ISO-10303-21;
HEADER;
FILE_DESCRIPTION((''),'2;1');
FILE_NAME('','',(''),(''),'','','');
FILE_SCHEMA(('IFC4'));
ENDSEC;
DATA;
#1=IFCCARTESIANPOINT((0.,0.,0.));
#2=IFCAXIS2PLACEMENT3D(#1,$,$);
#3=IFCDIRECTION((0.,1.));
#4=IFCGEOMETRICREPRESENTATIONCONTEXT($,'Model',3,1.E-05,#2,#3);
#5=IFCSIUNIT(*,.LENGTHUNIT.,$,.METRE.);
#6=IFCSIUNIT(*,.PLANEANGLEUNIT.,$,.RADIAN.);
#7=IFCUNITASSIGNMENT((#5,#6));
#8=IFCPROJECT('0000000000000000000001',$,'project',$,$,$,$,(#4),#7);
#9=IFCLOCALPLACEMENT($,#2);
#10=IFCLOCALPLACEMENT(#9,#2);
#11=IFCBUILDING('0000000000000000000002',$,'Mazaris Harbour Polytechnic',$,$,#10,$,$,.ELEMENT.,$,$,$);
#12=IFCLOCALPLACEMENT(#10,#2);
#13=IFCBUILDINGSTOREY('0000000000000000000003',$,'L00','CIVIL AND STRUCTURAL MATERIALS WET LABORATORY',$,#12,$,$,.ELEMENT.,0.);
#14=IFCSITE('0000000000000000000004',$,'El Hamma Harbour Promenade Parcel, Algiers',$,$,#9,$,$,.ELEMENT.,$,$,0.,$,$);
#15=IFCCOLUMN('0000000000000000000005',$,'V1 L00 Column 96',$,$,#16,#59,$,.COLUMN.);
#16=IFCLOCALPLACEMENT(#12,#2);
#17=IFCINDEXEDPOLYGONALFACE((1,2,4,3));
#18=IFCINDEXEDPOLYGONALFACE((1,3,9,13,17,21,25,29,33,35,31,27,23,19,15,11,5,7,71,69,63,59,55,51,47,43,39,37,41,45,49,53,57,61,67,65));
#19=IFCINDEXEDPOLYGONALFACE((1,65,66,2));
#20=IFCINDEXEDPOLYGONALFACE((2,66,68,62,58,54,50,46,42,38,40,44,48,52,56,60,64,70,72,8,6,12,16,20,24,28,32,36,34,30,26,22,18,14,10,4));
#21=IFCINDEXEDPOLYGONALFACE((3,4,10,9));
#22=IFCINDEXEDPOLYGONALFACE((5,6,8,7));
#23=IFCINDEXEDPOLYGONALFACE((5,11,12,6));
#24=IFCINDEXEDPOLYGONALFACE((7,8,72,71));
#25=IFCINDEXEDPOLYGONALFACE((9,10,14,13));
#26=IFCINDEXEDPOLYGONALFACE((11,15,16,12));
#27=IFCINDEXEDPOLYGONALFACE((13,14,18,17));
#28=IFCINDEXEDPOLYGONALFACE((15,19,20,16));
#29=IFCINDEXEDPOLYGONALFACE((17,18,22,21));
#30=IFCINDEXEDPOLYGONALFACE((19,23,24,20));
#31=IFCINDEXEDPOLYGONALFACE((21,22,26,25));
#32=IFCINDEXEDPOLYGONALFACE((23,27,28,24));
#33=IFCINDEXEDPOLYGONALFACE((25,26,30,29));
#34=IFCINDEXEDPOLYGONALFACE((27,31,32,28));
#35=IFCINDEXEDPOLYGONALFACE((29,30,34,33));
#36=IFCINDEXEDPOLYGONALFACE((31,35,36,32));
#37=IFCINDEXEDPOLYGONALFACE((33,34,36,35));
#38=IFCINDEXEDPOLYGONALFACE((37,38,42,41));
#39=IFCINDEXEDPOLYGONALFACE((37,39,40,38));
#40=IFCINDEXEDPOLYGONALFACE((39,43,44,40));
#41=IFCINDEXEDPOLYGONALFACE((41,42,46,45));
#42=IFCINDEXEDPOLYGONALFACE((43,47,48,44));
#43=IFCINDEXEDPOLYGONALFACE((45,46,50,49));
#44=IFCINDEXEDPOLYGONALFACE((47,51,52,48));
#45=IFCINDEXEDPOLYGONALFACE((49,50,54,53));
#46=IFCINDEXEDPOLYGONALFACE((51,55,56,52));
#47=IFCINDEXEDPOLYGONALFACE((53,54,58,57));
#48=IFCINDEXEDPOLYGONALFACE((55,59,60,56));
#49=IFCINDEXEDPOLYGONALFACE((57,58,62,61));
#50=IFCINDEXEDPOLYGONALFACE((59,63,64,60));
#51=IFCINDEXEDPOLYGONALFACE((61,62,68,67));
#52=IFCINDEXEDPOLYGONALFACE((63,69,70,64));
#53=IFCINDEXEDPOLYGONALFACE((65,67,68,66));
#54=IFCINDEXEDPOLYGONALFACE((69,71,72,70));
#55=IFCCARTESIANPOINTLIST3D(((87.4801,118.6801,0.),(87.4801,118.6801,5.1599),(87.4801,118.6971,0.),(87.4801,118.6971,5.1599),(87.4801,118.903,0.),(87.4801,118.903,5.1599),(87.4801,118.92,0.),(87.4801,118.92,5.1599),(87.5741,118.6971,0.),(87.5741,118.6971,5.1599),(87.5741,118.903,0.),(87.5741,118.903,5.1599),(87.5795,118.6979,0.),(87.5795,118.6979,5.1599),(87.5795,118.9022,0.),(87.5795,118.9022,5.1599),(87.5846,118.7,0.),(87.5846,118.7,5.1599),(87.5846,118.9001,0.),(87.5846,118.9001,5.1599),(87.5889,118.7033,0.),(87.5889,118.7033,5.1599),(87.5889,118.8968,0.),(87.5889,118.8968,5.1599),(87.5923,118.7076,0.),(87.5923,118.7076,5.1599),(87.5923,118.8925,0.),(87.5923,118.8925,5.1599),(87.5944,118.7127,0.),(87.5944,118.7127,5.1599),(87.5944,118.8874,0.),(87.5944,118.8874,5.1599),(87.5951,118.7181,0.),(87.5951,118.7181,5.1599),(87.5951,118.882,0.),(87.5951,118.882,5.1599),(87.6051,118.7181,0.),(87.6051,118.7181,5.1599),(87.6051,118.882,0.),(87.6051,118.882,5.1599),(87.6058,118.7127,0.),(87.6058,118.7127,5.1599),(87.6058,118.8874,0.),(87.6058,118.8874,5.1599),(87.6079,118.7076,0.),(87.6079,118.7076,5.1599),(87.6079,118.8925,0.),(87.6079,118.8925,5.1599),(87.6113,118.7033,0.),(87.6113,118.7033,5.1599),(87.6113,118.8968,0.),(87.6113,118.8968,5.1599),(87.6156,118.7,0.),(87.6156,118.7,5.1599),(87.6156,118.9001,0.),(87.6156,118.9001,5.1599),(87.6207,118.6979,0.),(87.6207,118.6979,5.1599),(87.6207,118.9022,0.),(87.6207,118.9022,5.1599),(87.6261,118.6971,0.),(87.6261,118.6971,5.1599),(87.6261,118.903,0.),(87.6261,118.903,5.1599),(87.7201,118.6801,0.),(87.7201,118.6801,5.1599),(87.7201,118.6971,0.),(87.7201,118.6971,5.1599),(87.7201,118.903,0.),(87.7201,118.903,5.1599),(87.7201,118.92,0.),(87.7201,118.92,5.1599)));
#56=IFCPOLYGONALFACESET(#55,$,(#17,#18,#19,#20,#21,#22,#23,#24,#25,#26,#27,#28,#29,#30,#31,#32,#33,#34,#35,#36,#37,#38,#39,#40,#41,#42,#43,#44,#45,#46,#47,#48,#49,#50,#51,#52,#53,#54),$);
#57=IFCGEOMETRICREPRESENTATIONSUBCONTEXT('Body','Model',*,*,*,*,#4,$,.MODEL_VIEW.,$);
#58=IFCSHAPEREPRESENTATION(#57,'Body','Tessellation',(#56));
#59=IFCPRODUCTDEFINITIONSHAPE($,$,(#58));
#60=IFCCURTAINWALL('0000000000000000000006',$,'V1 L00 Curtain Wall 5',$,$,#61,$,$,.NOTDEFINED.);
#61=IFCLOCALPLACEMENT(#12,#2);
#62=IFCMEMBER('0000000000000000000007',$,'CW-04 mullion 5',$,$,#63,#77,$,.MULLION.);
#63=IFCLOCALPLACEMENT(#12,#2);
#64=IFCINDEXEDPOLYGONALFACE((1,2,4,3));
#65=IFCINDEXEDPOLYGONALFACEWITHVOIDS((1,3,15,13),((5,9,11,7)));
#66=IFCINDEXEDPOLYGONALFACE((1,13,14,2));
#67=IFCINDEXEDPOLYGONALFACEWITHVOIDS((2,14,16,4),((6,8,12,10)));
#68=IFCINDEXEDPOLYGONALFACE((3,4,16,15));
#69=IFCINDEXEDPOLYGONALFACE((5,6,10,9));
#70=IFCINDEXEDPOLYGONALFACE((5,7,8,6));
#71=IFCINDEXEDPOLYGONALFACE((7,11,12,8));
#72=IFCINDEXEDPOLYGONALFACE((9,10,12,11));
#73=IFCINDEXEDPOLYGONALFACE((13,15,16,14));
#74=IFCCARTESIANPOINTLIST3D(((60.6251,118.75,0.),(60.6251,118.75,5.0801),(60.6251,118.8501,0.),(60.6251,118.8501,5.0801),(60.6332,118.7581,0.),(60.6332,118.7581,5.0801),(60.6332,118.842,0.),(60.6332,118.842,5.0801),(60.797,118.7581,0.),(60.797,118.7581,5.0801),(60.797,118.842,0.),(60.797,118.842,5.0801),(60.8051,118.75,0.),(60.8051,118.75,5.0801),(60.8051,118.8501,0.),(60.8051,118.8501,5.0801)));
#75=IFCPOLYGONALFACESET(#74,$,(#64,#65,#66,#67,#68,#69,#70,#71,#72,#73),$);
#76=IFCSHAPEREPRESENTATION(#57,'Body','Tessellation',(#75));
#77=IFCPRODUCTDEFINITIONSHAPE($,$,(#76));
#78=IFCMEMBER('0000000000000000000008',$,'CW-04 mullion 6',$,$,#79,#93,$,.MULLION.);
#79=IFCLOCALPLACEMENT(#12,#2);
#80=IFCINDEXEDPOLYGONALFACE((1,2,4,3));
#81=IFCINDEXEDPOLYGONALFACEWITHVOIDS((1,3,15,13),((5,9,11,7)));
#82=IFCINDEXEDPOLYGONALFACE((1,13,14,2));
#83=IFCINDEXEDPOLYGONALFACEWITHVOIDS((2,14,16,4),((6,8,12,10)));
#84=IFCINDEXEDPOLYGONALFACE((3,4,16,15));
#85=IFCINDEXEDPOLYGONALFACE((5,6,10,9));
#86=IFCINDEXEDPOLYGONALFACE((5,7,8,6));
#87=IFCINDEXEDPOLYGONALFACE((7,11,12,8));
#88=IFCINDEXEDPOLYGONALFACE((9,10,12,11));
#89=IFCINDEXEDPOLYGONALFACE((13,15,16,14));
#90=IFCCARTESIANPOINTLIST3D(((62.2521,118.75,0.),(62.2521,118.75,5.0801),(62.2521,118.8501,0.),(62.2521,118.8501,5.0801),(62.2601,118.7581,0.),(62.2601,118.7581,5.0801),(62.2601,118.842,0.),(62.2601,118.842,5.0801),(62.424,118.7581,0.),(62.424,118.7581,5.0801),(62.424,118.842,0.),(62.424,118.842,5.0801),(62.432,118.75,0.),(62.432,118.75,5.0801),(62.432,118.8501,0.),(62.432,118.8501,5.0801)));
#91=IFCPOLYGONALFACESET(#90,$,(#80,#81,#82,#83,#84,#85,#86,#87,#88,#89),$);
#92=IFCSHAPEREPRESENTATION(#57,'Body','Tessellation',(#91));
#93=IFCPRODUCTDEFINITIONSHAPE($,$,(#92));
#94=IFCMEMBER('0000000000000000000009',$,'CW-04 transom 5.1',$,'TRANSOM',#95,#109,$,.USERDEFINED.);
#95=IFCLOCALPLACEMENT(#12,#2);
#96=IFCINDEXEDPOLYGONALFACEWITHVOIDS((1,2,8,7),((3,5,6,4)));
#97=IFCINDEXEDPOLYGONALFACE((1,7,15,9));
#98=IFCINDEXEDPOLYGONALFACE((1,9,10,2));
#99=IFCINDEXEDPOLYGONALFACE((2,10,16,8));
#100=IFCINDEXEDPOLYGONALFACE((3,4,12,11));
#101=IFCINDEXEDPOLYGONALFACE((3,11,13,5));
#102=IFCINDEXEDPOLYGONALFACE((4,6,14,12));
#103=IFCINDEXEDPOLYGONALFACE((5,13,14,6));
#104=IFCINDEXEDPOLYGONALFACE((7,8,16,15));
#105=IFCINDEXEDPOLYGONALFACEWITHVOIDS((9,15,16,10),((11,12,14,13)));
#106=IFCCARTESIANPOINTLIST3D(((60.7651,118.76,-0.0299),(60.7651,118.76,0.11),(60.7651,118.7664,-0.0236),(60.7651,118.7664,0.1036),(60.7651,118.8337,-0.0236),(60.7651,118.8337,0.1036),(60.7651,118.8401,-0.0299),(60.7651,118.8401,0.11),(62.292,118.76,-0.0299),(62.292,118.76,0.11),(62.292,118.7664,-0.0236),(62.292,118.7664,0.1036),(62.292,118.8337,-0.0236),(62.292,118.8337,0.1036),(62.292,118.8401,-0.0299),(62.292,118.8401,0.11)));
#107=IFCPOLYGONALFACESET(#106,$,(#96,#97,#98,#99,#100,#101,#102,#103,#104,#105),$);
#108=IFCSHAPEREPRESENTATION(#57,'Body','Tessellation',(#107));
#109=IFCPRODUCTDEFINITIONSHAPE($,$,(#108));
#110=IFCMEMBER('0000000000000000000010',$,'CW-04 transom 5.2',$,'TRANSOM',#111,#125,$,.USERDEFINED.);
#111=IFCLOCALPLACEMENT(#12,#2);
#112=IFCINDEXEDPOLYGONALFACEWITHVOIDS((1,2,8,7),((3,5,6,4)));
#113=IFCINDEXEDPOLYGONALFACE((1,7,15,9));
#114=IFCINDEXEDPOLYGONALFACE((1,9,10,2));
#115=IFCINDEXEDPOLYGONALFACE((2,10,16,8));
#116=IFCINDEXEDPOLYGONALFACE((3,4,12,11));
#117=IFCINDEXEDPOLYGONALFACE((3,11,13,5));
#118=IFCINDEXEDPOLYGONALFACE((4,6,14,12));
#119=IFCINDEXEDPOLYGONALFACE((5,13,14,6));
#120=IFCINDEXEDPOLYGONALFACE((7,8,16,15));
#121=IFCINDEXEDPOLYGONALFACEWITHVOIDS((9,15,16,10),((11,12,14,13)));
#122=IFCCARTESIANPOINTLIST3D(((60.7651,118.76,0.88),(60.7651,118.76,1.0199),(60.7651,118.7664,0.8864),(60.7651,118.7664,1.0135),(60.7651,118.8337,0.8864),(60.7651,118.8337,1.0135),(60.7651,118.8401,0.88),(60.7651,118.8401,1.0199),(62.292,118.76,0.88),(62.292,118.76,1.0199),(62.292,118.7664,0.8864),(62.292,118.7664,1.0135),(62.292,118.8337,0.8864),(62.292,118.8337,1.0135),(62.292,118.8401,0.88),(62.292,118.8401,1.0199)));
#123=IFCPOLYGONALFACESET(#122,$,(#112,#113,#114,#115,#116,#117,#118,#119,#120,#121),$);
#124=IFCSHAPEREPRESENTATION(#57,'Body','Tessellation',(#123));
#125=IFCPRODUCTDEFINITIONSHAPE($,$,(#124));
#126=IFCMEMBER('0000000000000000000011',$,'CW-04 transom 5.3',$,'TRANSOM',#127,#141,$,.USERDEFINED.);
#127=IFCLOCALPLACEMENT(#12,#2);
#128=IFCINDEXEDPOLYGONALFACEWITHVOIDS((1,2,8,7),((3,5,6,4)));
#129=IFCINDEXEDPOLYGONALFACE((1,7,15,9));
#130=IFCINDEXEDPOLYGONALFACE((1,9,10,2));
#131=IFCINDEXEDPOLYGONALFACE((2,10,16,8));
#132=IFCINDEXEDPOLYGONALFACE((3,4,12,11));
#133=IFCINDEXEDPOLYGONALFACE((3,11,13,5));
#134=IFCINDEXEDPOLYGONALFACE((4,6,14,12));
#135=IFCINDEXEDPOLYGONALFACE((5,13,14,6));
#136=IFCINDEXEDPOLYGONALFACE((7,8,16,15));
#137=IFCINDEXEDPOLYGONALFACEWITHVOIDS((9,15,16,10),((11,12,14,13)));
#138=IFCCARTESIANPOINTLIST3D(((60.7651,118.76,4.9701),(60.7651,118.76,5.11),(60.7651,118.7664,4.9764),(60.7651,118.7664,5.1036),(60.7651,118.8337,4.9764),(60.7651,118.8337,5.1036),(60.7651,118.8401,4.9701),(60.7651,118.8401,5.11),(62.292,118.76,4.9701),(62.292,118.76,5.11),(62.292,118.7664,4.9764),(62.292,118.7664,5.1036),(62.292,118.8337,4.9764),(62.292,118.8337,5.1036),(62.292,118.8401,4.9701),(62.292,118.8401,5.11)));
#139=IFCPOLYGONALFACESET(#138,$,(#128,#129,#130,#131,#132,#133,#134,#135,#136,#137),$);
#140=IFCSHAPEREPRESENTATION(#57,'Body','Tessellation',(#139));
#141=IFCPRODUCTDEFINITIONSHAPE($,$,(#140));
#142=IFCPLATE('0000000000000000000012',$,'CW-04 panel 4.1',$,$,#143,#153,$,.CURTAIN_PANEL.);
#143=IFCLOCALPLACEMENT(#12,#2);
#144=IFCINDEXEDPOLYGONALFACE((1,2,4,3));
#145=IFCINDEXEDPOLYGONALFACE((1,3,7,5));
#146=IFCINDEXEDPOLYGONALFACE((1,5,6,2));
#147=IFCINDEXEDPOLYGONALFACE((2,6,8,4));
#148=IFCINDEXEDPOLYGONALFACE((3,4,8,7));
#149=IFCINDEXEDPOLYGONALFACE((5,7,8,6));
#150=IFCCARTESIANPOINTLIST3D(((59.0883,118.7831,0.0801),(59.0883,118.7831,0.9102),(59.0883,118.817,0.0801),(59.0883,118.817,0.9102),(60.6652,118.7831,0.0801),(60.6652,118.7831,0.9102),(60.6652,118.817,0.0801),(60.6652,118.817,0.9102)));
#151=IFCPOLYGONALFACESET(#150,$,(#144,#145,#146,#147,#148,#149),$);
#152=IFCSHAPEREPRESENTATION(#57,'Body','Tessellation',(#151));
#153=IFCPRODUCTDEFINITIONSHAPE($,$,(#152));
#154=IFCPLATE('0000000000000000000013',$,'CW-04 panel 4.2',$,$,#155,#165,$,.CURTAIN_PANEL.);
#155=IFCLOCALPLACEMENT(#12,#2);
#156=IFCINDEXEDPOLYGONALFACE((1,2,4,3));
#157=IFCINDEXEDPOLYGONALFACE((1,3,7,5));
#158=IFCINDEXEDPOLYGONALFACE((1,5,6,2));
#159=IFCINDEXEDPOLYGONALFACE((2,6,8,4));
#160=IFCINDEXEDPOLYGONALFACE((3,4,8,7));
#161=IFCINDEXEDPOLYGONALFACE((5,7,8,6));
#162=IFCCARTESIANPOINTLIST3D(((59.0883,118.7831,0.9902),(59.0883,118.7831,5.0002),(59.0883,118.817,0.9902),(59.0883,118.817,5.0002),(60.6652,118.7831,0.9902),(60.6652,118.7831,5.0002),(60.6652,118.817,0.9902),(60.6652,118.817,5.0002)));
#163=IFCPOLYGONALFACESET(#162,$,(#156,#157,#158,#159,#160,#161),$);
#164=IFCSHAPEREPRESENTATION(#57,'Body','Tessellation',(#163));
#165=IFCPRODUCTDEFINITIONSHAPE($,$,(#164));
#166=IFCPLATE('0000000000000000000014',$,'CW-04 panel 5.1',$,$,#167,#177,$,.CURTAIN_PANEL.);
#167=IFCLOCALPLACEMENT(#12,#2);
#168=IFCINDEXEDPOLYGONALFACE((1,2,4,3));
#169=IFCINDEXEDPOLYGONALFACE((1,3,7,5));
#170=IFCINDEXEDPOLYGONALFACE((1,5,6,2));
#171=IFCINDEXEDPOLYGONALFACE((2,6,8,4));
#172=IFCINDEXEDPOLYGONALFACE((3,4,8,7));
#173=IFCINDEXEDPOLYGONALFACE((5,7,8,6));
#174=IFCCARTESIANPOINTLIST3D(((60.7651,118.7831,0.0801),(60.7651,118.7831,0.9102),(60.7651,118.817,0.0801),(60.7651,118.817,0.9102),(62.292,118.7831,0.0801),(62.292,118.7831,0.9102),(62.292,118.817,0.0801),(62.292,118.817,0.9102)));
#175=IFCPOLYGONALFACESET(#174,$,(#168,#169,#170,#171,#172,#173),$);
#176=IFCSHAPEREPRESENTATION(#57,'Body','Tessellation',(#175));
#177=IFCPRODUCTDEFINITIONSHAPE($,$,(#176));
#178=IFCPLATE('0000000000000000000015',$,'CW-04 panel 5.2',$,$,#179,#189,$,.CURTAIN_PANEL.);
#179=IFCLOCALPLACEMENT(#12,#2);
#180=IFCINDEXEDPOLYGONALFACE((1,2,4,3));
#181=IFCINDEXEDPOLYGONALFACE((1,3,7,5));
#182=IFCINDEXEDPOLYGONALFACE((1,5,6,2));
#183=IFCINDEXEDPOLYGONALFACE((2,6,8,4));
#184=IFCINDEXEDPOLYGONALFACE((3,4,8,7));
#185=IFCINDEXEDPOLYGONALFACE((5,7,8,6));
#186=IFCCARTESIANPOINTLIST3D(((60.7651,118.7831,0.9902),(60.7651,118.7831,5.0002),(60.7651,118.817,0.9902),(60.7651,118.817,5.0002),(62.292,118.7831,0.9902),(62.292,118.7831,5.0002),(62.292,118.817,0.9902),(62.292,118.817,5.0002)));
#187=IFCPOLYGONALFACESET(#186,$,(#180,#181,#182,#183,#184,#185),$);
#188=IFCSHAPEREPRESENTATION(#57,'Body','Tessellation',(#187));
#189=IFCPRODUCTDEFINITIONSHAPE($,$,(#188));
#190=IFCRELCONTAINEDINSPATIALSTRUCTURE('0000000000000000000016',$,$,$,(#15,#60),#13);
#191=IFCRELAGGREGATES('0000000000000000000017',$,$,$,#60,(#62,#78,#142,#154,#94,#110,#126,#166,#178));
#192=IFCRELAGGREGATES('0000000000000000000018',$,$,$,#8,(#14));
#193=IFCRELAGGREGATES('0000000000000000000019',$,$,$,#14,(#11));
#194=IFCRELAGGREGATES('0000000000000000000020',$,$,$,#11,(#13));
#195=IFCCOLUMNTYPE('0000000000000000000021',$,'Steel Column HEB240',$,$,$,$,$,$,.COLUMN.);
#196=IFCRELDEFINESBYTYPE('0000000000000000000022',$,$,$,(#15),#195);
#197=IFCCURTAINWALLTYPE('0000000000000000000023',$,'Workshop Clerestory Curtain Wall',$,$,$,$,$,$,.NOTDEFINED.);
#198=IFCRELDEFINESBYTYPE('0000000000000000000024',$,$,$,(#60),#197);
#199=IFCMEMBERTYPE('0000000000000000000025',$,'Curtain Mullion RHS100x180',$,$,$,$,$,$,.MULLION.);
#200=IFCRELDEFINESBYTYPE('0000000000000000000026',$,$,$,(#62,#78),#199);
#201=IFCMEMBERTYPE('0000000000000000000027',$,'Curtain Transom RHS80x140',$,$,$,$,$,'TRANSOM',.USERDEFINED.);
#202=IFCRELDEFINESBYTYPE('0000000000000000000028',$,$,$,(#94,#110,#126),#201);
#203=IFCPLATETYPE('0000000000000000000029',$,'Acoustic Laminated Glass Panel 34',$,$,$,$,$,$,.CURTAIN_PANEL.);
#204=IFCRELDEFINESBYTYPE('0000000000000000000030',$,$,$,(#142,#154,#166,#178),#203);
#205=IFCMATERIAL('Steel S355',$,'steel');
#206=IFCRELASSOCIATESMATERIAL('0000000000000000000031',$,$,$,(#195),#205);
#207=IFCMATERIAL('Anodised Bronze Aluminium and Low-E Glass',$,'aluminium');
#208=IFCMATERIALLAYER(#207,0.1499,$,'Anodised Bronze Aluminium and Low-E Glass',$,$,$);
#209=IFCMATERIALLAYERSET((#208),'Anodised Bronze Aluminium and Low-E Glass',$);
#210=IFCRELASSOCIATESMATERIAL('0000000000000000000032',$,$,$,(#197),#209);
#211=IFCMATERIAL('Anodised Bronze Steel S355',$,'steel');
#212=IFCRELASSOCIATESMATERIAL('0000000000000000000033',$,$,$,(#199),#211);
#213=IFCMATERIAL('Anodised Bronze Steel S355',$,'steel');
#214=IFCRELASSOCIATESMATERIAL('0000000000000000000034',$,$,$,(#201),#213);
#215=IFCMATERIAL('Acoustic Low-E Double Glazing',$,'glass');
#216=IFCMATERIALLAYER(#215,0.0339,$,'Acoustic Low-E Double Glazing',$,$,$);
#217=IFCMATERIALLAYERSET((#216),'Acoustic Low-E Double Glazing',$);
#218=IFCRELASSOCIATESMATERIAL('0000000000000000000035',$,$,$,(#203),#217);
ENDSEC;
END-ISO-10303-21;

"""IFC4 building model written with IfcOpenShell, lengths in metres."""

from ifc_helpers import new_model, si_unit, direction, frame, origin, origin_2d, place, context, subcontext, project, spatial, rectangle, hollow_rectangle, i_section, extrude, material, layer, layer_set, material_profile, profile_set, type_object, element, aggregate, save


model = new_model("IFC4")

# Units and contexts
model_context = context("Model", 3, precision=1e-05, world=origin(), true_north=direction((0.0, 1.0)))
body_context = subcontext(model_context, "Body", "Model", "MODEL_VIEW")
ifc_project = project(units=[si_unit("LENGTHUNIT", "METRE"), si_unit("PLANEANGLEUNIT", "RADIAN")], contexts=[model_context])

# Site, building, storey
site_placement = place(None, origin())
site = spatial("IfcSite", under=ifc_project, at=site_placement, Name="El Hamma Harbour Promenade Parcel, Algiers", CompositionType="ELEMENT", RefElevation=0.0)
building_placement = place(site_placement, origin())
building = spatial("IfcBuilding", under=site, at=building_placement, Name="Mazaris Harbour Polytechnic", CompositionType="ELEMENT")
storey_placement = place(building_placement, origin())
storey = spatial("IfcBuildingStorey", under=building, at=storey_placement, Name="L00", Description="CIVIL AND STRUCTURAL MATERIALS WET LABORATORY", CompositionType="ELEMENT", Elevation=0.0)

# Column
ifc_material_1 = material(Name="Steel S355", Category="steel")
ifc_material_profile_1 = material_profile(ifc_material_1, i_section(OverallWidth=0.24, OverallDepth=0.24, WebThickness=0.01, FlangeThickness=0.0171, FilletRadius=0.021, at=origin_2d()), Name="HEB 240")
ifc_profile_set_1 = profile_set([ifc_material_profile_1], Name="Steel S355")
column_type_1 = type_object("IfcColumnType", Name="Steel Column HEB240", PredefinedType="COLUMN", material=ifc_profile_set_1)
for number, where, z_axis, x_axis, name in (
    (1, (87.6001, 118.8, 0.0), (0.0, 0.0, 1.0), (1.0, 0.0, 0.0), "V1 L00 Column 96"),
):
    element("IfcColumn", number, at=place(storey_placement, frame(where, z_axis=z_axis, x_axis=x_axis)), inside=storey, type_object=column_type_1, Name=name, PredefinedType="COLUMN", context=body_context, shape_type="SweptSolid", body=[
        extrude(i_section(OverallWidth=0.24, OverallDepth=0.24, WebThickness=0.01, FlangeThickness=0.0171, FilletRadius=0.021, at=origin_2d()), origin(), (0.0, 0.0, 1.0), 5.1599),
    ])

# Curtain wall, members, plates
ifc_material_2 = material(Name="Anodised Bronze Aluminium and Low-E Glass", Category="aluminium")
ifc_layer_1 = layer(ifc_material_2, 0.1499, Name="Anodised Bronze Aluminium and Low-E Glass")
ifc_layer_set_1 = layer_set([ifc_layer_1], Name="Anodised Bronze Aluminium and Low-E Glass")
curtain_wall_type = type_object("IfcCurtainWallType", Name="Workshop Clerestory Curtain Wall", PredefinedType="NOTDEFINED", material=ifc_layer_set_1)
curtain_wall_placement = place(storey_placement, origin())
curtain_wall = element("IfcCurtainWall", 2, at=curtain_wall_placement, inside=storey, type_object=curtain_wall_type, Name="V1 L00 Curtain Wall 5", PredefinedType="NOTDEFINED")
ifc_material_3 = material(Name="Anodised Bronze Steel S355", Category="steel")
ifc_material_profile_2 = material_profile(ifc_material_3, hollow_rectangle(XDim=0.1001, YDim=0.1799, WallThickness=0.0081, at=origin_2d()), Name="RHS 100x180x8.0")
ifc_profile_set_2 = profile_set([ifc_material_profile_2], Name="Anodised Bronze Steel S355")
member_type_1 = type_object("IfcMemberType", Name="Curtain Mullion RHS100x180", PredefinedType="MULLION", material=ifc_profile_set_2)
member_1_placement = place(storey_placement, frame((60.7151, 118.8, 0.0), z_axis=(0.0, 0.0, 1.0), x_axis=(0.0, 1.0, 0.0)))
member_1 = element("IfcMember", 3, at=member_1_placement, type_object=member_type_1, Name="CW-04 mullion 5", PredefinedType="MULLION", context=body_context, shape_type="SweptSolid", body=[
    extrude(hollow_rectangle(XDim=0.1001, YDim=0.1799, WallThickness=0.0081, at=origin_2d()), origin(), (0.0, 0.0, 1.0), 5.0801),
])
member_2_placement = place(storey_placement, frame((62.342, 118.8, 0.0), z_axis=(0.0, 0.0, 1.0), x_axis=(0.0, 1.0, 0.0)))
member_2 = element("IfcMember", 4, at=member_2_placement, type_object=member_type_1, Name="CW-04 mullion 6", PredefinedType="MULLION", context=body_context, shape_type="SweptSolid", body=[
    extrude(hollow_rectangle(XDim=0.1001, YDim=0.1799, WallThickness=0.0081, at=origin_2d()), origin(), (0.0, 0.0, 1.0), 5.0801),
])
ifc_material_4 = material(Name="Anodised Bronze Steel S355", Category="steel")
ifc_material_profile_3 = material_profile(ifc_material_4, hollow_rectangle(XDim=0.0801, YDim=0.1399, WallThickness=0.0063, at=origin_2d()), Name="RHS 80x140x6.3")
ifc_profile_set_3 = profile_set([ifc_material_profile_3], Name="Anodised Bronze Steel S355")
member_type_2 = type_object("IfcMemberType", Name="Curtain Transom RHS80x140", ElementType="TRANSOM", PredefinedType="USERDEFINED", material=ifc_profile_set_3)
member_3_placement = place(storey_placement, frame((60.7651, 118.8, 0.04), z_axis=(1.0, 0.0, 0.0), x_axis=(0.0, 1.0, 0.0)))
member_3 = element("IfcMember", 5, at=member_3_placement, type_object=member_type_2, Name="CW-04 transom 5.1", ObjectType="TRANSOM", PredefinedType="USERDEFINED", context=body_context, shape_type="SweptSolid", body=[
    extrude(hollow_rectangle(XDim=0.0801, YDim=0.1399, WallThickness=0.0063, at=origin_2d()), origin(), (0.0, 0.0, 1.0), 1.5269),
])
member_4_placement = place(storey_placement, frame((60.7651, 118.8, 0.95), z_axis=(1.0, 0.0, 0.0), x_axis=(0.0, 1.0, 0.0)))
member_4 = element("IfcMember", 6, at=member_4_placement, type_object=member_type_2, Name="CW-04 transom 5.2", ObjectType="TRANSOM", PredefinedType="USERDEFINED", context=body_context, shape_type="SweptSolid", body=[
    extrude(hollow_rectangle(XDim=0.0801, YDim=0.1399, WallThickness=0.0063, at=origin_2d()), origin(), (0.0, 0.0, 1.0), 1.5269),
])
member_5_placement = place(storey_placement, frame((60.7651, 118.8, 5.04), z_axis=(1.0, 0.0, 0.0), x_axis=(0.0, 1.0, 0.0)))
member_5 = element("IfcMember", 7, at=member_5_placement, type_object=member_type_2, Name="CW-04 transom 5.3", ObjectType="TRANSOM", PredefinedType="USERDEFINED", context=body_context, shape_type="SweptSolid", body=[
    extrude(hollow_rectangle(XDim=0.0801, YDim=0.1399, WallThickness=0.0063, at=origin_2d()), origin(), (0.0, 0.0, 1.0), 1.5269),
])
ifc_material_5 = material(Name="Acoustic Low-E Double Glazing", Category="glass")
ifc_layer_2 = layer(ifc_material_5, 0.0339, Name="Acoustic Low-E Double Glazing")
ifc_layer_set_2 = layer_set([ifc_layer_2], Name="Acoustic Low-E Double Glazing")
plate_type_1 = type_object("IfcPlateType", Name="Acoustic Laminated Glass Panel 34", PredefinedType="CURTAIN_PANEL", material=ifc_layer_set_2)
plate_1_placement = place(storey_placement, frame((59.8767, 118.8, 0.0801), z_axis=(0.0, 0.0, 1.0), x_axis=(1.0, 0.0, 0.0)))
plate_1 = element("IfcPlate", 8, at=plate_1_placement, type_object=plate_type_1, Name="CW-04 panel 4.1", PredefinedType="CURTAIN_PANEL", context=body_context, shape_type="SweptSolid", body=[
    extrude(rectangle(XDim=1.5769, YDim=0.0339, at=origin_2d()), origin(), (0.0, 0.0, 1.0), 0.8301),
])
plate_2_placement = place(storey_placement, frame((59.8767, 118.8, 0.9902), z_axis=(0.0, 0.0, 1.0), x_axis=(1.0, 0.0, 0.0)))
plate_2 = element("IfcPlate", 9, at=plate_2_placement, type_object=plate_type_1, Name="CW-04 panel 4.2", PredefinedType="CURTAIN_PANEL", context=body_context, shape_type="SweptSolid", body=[
    extrude(rectangle(XDim=1.5769, YDim=0.0339, at=origin_2d()), origin(), (0.0, 0.0, 1.0), 4.01),
])
plate_3_placement = place(storey_placement, frame((61.5286, 118.8, 0.0801), z_axis=(0.0, 0.0, 1.0), x_axis=(1.0, 0.0, 0.0)))
plate_3 = element("IfcPlate", 10, at=plate_3_placement, type_object=plate_type_1, Name="CW-04 panel 5.1", PredefinedType="CURTAIN_PANEL", context=body_context, shape_type="SweptSolid", body=[
    extrude(rectangle(XDim=1.5269, YDim=0.0339, at=origin_2d()), origin(), (0.0, 0.0, 1.0), 0.8301),
])
plate_4_placement = place(storey_placement, frame((61.5286, 118.8, 0.9902), z_axis=(0.0, 0.0, 1.0), x_axis=(1.0, 0.0, 0.0)))
plate_4 = element("IfcPlate", 11, at=plate_4_placement, type_object=plate_type_1, Name="CW-04 panel 5.2", PredefinedType="CURTAIN_PANEL", context=body_context, shape_type="SweptSolid", body=[
    extrude(rectangle(XDim=1.5269, YDim=0.0339, at=origin_2d()), origin(), (0.0, 0.0, 1.0), 4.01),
])
aggregate(curtain_wall, [member_1, member_2, plate_1, plate_2, member_3, member_4, member_5, plate_3, plate_4])

save(model, "model.ifc")
